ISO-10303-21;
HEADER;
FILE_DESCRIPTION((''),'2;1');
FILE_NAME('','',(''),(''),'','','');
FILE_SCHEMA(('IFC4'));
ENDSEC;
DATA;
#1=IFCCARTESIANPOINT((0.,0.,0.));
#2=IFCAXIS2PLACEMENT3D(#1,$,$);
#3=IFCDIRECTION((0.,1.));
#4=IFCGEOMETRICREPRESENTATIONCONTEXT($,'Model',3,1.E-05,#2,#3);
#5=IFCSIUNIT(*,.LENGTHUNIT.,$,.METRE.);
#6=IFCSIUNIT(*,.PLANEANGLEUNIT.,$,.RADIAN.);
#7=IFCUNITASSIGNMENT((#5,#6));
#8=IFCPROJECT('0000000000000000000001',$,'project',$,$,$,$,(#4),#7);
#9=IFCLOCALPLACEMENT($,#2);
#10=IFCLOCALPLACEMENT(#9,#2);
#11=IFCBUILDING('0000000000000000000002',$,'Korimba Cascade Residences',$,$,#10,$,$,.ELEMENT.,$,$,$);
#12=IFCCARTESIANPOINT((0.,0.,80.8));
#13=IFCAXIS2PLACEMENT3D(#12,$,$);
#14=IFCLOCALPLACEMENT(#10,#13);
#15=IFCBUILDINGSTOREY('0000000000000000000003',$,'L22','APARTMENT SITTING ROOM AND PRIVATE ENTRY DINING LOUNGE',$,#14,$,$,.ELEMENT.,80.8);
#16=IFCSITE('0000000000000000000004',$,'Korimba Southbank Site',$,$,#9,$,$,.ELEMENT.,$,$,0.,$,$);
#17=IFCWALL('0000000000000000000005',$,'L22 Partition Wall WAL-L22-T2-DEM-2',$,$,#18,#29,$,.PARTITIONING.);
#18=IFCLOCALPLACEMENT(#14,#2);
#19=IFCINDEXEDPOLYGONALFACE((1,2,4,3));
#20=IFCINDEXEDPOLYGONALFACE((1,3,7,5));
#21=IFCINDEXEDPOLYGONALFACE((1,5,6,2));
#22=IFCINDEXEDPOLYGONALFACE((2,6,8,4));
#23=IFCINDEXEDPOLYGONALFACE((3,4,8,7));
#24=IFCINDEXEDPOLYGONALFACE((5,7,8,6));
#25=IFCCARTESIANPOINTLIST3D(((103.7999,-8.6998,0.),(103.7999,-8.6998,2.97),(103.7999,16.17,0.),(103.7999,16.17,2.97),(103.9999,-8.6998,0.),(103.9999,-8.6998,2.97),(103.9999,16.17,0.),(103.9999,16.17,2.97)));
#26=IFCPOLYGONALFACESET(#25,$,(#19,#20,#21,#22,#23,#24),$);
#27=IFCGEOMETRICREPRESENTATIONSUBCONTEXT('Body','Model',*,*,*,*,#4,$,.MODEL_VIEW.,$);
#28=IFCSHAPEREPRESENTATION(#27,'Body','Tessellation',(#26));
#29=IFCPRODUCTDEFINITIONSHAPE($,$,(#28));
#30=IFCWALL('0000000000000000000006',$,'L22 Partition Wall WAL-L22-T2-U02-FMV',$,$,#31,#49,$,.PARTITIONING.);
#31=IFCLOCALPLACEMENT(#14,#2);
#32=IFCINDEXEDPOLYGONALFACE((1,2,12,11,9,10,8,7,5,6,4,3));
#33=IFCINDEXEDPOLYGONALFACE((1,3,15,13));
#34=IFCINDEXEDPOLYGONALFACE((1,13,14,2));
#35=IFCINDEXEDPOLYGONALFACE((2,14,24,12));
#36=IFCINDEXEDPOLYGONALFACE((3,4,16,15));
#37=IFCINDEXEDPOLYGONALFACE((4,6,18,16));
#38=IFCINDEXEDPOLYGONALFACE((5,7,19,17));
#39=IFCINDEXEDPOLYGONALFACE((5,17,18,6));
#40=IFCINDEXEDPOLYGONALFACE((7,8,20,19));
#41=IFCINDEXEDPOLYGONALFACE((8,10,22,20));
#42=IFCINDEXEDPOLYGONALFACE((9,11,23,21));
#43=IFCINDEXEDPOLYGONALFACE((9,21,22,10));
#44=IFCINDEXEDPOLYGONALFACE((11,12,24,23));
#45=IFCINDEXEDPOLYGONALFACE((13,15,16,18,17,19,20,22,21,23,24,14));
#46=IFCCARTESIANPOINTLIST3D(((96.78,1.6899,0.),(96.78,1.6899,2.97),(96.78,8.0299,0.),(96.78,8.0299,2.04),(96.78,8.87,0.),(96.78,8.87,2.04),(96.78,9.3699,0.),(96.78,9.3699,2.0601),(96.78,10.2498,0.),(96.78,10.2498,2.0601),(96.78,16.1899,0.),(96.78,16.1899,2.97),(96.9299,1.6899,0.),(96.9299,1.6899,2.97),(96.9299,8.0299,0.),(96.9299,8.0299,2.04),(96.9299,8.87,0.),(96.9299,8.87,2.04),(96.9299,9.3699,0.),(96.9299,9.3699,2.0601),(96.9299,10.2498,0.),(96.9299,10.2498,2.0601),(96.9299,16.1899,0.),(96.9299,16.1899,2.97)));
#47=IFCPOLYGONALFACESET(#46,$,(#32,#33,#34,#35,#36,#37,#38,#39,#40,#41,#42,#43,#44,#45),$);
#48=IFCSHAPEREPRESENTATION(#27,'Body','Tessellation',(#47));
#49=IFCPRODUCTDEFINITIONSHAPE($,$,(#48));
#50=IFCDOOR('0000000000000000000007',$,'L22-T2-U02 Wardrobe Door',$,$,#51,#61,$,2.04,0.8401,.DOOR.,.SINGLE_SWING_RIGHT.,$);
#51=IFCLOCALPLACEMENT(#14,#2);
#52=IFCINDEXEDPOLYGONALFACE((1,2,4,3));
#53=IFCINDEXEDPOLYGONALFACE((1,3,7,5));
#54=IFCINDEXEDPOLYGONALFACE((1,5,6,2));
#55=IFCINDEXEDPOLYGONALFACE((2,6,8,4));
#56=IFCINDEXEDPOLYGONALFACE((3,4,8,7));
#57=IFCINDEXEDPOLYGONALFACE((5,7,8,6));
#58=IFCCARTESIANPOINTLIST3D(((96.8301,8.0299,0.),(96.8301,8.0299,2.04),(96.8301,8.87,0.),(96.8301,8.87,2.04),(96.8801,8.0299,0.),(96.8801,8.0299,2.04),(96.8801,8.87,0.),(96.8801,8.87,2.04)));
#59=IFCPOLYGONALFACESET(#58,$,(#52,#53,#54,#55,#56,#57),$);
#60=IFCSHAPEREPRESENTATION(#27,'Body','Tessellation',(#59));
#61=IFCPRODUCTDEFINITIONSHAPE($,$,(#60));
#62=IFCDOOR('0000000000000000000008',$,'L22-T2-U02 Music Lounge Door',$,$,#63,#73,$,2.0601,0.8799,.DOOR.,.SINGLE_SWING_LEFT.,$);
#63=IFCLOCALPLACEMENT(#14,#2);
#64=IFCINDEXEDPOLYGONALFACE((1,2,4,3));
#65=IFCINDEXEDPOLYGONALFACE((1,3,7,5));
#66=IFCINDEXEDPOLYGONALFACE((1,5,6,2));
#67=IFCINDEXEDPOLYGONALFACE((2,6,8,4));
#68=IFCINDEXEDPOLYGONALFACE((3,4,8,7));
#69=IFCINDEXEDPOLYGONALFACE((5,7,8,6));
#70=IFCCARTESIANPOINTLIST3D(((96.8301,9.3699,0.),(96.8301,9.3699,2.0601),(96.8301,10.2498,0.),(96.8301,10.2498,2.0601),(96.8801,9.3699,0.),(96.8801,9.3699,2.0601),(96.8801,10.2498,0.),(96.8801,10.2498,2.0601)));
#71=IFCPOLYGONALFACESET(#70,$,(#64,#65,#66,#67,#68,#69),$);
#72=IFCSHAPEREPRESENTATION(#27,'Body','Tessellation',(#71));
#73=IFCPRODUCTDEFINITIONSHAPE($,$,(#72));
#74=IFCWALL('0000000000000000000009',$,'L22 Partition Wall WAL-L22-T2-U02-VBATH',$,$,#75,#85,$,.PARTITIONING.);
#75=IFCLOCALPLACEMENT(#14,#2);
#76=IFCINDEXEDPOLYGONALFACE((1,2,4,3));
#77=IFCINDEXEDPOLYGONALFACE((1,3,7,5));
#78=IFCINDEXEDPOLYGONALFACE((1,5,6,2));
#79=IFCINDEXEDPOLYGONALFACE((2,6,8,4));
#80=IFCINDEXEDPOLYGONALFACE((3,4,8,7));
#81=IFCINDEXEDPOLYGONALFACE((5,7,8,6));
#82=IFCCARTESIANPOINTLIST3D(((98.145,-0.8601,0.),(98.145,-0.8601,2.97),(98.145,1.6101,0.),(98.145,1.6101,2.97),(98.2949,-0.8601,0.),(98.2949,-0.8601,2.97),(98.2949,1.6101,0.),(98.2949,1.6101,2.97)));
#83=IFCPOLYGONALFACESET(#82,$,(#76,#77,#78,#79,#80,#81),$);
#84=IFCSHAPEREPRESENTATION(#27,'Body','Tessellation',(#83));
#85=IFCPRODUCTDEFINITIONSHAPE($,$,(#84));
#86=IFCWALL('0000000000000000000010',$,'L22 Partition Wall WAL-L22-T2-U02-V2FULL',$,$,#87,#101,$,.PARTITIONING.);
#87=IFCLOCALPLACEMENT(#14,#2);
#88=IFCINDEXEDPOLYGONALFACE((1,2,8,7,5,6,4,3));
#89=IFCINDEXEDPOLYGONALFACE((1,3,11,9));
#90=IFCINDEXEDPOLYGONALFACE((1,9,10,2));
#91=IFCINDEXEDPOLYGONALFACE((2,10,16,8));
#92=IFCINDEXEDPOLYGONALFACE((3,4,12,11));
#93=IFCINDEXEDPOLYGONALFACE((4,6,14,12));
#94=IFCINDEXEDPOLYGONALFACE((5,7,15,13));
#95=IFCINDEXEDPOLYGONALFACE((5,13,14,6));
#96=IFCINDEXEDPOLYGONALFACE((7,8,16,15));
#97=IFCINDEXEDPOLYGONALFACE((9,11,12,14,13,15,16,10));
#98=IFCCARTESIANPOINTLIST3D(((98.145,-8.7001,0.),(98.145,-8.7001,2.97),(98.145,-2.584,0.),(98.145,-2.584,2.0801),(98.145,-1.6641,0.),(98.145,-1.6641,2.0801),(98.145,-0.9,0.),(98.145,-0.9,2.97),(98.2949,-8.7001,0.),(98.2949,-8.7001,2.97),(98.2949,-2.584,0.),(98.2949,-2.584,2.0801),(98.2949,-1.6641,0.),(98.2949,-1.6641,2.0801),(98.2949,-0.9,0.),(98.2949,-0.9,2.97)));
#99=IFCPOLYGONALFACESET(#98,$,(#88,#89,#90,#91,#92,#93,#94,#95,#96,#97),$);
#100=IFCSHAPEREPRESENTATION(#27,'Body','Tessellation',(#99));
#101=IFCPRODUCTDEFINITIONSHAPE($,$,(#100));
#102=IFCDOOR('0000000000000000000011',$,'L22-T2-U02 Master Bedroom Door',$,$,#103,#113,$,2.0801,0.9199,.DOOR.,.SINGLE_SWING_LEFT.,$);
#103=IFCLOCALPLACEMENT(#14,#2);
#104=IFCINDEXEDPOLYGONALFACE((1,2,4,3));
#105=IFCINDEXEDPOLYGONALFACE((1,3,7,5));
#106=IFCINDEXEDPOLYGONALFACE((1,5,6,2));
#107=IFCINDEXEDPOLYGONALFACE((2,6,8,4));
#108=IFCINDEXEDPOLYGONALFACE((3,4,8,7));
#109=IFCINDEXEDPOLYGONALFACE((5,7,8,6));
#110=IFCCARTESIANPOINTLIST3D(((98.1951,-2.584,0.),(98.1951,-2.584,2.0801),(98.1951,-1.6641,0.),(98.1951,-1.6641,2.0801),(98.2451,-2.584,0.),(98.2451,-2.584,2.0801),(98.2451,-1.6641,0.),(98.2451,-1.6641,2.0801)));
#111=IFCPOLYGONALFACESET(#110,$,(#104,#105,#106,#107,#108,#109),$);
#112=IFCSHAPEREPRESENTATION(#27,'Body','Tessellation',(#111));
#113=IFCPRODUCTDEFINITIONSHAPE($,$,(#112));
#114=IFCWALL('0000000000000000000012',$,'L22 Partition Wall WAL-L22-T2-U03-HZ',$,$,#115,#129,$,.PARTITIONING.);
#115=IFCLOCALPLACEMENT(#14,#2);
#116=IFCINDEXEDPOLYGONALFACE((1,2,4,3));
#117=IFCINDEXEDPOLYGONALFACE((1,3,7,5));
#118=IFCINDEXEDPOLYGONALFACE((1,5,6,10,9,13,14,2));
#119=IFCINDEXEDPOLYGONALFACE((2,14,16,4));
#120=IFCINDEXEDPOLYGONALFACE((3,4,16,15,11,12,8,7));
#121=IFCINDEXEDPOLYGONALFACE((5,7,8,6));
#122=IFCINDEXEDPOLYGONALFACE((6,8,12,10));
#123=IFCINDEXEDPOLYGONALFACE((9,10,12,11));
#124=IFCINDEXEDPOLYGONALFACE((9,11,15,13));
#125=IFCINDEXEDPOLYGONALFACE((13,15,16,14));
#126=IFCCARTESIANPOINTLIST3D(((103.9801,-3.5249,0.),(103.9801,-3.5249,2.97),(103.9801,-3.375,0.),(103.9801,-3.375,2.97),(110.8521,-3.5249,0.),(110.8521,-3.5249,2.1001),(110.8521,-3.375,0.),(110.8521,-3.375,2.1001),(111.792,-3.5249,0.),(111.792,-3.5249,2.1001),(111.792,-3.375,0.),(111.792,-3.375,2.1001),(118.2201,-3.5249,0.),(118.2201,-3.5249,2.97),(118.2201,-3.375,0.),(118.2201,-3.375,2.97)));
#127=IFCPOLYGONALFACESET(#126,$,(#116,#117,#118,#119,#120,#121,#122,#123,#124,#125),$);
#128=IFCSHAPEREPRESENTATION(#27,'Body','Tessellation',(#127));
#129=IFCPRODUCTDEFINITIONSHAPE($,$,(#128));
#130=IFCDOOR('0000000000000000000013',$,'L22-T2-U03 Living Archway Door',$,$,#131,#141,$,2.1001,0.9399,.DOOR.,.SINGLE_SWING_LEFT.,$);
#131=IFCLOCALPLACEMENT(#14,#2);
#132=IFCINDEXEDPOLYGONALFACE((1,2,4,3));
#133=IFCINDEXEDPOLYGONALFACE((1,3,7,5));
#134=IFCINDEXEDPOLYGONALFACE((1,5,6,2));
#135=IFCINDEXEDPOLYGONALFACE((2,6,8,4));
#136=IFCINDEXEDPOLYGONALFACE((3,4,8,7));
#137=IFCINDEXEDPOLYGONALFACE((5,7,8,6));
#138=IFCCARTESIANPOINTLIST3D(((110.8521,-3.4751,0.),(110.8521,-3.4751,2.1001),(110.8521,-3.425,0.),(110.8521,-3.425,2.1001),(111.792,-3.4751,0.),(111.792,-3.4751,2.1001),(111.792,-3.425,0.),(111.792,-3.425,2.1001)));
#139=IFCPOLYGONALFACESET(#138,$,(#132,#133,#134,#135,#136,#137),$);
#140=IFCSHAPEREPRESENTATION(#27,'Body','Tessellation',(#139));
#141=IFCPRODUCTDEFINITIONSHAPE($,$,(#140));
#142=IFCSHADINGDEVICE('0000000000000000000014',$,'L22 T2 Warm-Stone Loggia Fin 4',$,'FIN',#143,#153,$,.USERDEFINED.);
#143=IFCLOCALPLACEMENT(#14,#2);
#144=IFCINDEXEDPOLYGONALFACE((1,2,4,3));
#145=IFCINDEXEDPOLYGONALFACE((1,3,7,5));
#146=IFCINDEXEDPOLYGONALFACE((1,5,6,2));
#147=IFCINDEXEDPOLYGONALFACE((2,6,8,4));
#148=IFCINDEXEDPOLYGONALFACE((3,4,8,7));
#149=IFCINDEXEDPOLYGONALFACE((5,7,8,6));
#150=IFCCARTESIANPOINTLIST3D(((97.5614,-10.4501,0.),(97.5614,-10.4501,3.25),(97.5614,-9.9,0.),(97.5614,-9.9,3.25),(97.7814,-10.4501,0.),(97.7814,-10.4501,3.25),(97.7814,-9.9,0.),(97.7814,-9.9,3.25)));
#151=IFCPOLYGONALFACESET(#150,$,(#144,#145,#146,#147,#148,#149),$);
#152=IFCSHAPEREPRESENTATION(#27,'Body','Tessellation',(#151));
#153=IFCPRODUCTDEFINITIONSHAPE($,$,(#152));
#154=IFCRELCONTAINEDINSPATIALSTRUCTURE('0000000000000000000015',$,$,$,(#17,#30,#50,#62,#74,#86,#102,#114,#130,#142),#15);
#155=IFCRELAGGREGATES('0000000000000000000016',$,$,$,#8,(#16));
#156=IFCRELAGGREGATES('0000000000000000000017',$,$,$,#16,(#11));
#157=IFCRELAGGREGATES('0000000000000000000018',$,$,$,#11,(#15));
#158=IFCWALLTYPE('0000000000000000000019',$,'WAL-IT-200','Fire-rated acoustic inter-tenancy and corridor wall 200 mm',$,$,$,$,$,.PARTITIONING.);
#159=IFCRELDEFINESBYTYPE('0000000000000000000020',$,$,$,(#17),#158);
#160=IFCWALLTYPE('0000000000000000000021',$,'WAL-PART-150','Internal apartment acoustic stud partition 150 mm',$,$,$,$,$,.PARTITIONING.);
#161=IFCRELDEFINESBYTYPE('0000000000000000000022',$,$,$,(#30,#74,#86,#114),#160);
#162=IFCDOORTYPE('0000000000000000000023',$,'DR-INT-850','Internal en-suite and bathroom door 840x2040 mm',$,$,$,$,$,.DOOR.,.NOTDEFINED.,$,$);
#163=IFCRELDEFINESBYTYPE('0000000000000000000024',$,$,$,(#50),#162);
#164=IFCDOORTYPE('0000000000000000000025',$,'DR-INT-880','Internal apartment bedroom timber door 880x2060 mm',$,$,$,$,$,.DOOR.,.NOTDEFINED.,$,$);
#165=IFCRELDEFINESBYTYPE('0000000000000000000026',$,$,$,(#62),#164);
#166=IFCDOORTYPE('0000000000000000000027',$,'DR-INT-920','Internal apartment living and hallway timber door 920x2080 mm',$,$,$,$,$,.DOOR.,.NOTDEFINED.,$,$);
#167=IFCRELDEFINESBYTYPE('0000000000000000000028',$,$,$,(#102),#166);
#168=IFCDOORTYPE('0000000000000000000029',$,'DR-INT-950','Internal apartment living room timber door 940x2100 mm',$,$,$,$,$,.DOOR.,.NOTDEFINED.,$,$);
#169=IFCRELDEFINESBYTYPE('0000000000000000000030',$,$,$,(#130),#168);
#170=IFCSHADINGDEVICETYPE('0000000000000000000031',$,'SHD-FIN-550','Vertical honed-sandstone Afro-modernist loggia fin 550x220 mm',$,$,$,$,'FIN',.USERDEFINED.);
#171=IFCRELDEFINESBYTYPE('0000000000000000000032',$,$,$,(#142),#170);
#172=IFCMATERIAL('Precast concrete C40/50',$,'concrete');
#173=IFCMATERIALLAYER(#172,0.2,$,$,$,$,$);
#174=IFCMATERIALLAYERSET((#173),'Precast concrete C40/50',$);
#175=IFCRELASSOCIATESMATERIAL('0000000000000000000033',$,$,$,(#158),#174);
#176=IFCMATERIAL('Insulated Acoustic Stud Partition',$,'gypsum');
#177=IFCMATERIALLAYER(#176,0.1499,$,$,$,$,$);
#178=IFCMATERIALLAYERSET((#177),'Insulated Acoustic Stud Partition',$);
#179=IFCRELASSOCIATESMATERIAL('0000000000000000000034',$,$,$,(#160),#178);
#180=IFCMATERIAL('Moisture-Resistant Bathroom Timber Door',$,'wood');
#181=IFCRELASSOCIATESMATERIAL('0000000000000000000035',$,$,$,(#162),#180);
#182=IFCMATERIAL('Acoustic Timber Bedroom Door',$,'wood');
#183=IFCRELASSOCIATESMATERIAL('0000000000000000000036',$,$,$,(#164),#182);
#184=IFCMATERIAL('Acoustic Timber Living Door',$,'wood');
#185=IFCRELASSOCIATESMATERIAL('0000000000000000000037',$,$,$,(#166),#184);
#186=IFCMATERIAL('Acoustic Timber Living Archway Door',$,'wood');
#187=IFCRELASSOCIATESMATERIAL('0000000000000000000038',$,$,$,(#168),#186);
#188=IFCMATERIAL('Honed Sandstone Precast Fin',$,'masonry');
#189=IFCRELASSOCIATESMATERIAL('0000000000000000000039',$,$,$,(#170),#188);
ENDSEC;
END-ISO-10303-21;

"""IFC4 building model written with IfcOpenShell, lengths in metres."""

from ifc_helpers import new_model, si_unit, direction, frame, frame_2d, origin, origin_2d, place, context, subcontext, project, spatial, rectangle, extrude, material, layer, layer_set, type_object, element, fill, save


model = new_model("IFC4")

# Units and contexts
model_context = context("Model", 3, precision=1e-05, world=origin(), true_north=direction((0.0, 1.0)))
body_context = subcontext(model_context, "Body", "Model", "MODEL_VIEW")
ifc_project = project(units=[si_unit("LENGTHUNIT", "METRE"), si_unit("PLANEANGLEUNIT", "RADIAN")], contexts=[model_context])

# Site, building, storey
site_placement = place(None, origin())
site = spatial("IfcSite", under=ifc_project, at=site_placement, Name="Korimba Southbank Site", CompositionType="ELEMENT", RefElevation=0.0)
building_placement = place(site_placement, origin())
building = spatial("IfcBuilding", under=site, at=building_placement, Name="Korimba Cascade Residences", CompositionType="ELEMENT")
storey_placement = place(building_placement, frame((0.0, 0.0, 80.8)))
storey = spatial("IfcBuildingStorey", under=building, at=storey_placement, Name="L22", Description="APARTMENT SITTING ROOM AND PRIVATE ENTRY DINING LOUNGE", CompositionType="ELEMENT", Elevation=80.8)

# Shared definitions
ifc_material_1 = material(Name="Precast concrete C40/50", Category="concrete")

# Wall
ifc_layer_1 = layer(ifc_material_1, 0.2)
ifc_layer_set_1 = layer_set([ifc_layer_1], Name="Precast concrete C40/50")
wall_type_1 = type_object("IfcWallType", Name="WAL-IT-200", Description="Fire-rated acoustic inter-tenancy and corridor wall 200 mm", PredefinedType="PARTITIONING", material=ifc_layer_set_1)
wall_1_placement = place(storey_placement, frame((103.8999, -8.7, 0.0), z_axis=(0.0, 0.0, 1.0), x_axis=(0.0, 1.0, 0.0)))
element("IfcWall", 1, at=wall_1_placement, inside=storey, type_object=wall_type_1, Name="L22 Partition Wall WAL-L22-T2-DEM-2", PredefinedType="PARTITIONING", context=body_context, shape_type="SweptSolid", body=[
    extrude(rectangle(XDim=24.8699, YDim=0.2, at=frame_2d((12.4351, 0.0))), origin(), (0.0, 0.0, 1.0), 2.97),
])

# Wall, openings, doors
ifc_material_2 = material(Name="Insulated Acoustic Stud Partition", Category="gypsum")
ifc_layer_2 = layer(ifc_material_2, 0.1499)
ifc_layer_set_2 = layer_set([ifc_layer_2], Name="Insulated Acoustic Stud Partition")
wall_type_2 = type_object("IfcWallType", Name="WAL-PART-150", Description="Internal apartment acoustic stud partition 150 mm", PredefinedType="PARTITIONING", material=ifc_layer_set_2)
wall_2_placement = place(storey_placement, frame((96.855, 1.6899, 0.0), z_axis=(0.0, 0.0, 1.0), x_axis=(0.0, 1.0, 0.0)))
wall_2 = element("IfcWall", 2, at=wall_2_placement, inside=storey, type_object=wall_type_2, Name="L22 Partition Wall WAL-L22-T2-U02-FMV", PredefinedType="PARTITIONING", context=body_context, shape_type="SweptSolid", body=[
    extrude(rectangle(XDim=14.5, YDim=0.1499, at=frame_2d((7.25, 0.0))), origin(), (0.0, 0.0, 1.0), 2.97),
])
opening_1_placement = place(wall_2_placement, frame((6.3401, 0.0, 0.0)))
opening_1 = element("IfcOpeningElement", 3, at=opening_1_placement, cuts=wall_2, PredefinedType="OPENING", context=body_context, shape_type="SweptSolid", body=[
    extrude(rectangle(XDim=0.8401, YDim=2.04, at=frame_2d((0.4199, 1.02))), frame((0.0, 0.085, 0.0), z_axis=(0.0, -1.0, 0.0), x_axis=(1.0, 0.0, 0.0)), (0.0, 0.0, 1.0), 0.1699),
])
opening_2_placement = place(wall_2_placement, frame((7.6799, 0.0, 0.0)))
opening_2 = element("IfcOpeningElement", 4, at=opening_2_placement, cuts=wall_2, PredefinedType="OPENING", context=body_context, shape_type="SweptSolid", body=[
    extrude(rectangle(XDim=0.8799, YDim=2.0601, at=frame_2d((0.4399, 1.03))), frame((0.0, 0.085, 0.0), z_axis=(0.0, -1.0, 0.0), x_axis=(1.0, 0.0, 0.0)), (0.0, 0.0, 1.0), 0.1699),
])
ifc_material_3 = material(Name="Moisture-Resistant Bathroom Timber Door", Category="wood")
door_type_1 = type_object("IfcDoorType", Name="DR-INT-850", Description="Internal en-suite and bathroom door 840x2040 mm", OperationType="NOTDEFINED", PredefinedType="DOOR", material=ifc_material_3)
door_1_placement = place(opening_1_placement, origin())
door_1 = element("IfcDoor", 5, at=door_1_placement, inside=storey, type_object=door_type_1, Name="L22-T2-U02 Wardrobe Door", OperationType="SINGLE_SWING_RIGHT", OverallHeight=2.04, OverallWidth=0.8401, PredefinedType="DOOR", context=body_context, shape_type="SweptSolid", body=[
    extrude(rectangle(XDim=0.8401, YDim=2.04, at=frame_2d((0.4199, 1.02))), frame((0.0, 0.0249, 0.0), z_axis=(0.0, -1.0, 0.0), x_axis=(1.0, 0.0, 0.0)), (0.0, 0.0, 1.0), 0.05),
])
fill(opening_1, door_1)
ifc_material_4 = material(Name="Acoustic Timber Bedroom Door", Category="wood")
door_type_2 = type_object("IfcDoorType", Name="DR-INT-880", Description="Internal apartment bedroom timber door 880x2060 mm", OperationType="NOTDEFINED", PredefinedType="DOOR", material=ifc_material_4)
door_2_placement = place(opening_2_placement, origin())
door_2 = element("IfcDoor", 6, at=door_2_placement, inside=storey, type_object=door_type_2, Name="L22-T2-U02 Music Lounge Door", OperationType="SINGLE_SWING_LEFT", OverallHeight=2.0601, OverallWidth=0.8799, PredefinedType="DOOR", context=body_context, shape_type="SweptSolid", body=[
    extrude(rectangle(XDim=0.8799, YDim=2.0601, at=frame_2d((0.4399, 1.03))), frame((0.0, 0.0249, 0.0), z_axis=(0.0, -1.0, 0.0), x_axis=(1.0, 0.0, 0.0)), (0.0, 0.0, 1.0), 0.05),
])
fill(opening_2, door_2)

# Wall
wall_3_placement = place(storey_placement, frame((98.22, -0.8601, 0.0), z_axis=(0.0, 0.0, 1.0), x_axis=(0.0, 1.0, 0.0)))
element("IfcWall", 7, at=wall_3_placement, inside=storey, type_object=wall_type_2, Name="L22 Partition Wall WAL-L22-T2-U02-VBATH", PredefinedType="PARTITIONING", context=body_context, shape_type="SweptSolid", body=[
    extrude(rectangle(XDim=2.4702, YDim=0.1499, at=frame_2d((1.2351, 0.0))), origin(), (0.0, 0.0, 1.0), 2.97),
])

# Walls, openings, doors
wall_4_placement = place(storey_placement, frame((98.22, -8.7, 0.0), z_axis=(0.0, 0.0, 1.0), x_axis=(0.0, 1.0, 0.0)))
wall_4 = element("IfcWall", 8, at=wall_4_placement, inside=storey, type_object=wall_type_2, Name="L22 Partition Wall WAL-L22-T2-U02-V2FULL", PredefinedType="PARTITIONING", context=body_context, shape_type="SweptSolid", body=[
    extrude(rectangle(XDim=7.8, YDim=0.1499, at=frame_2d((3.8999, 0.0))), origin(), (0.0, 0.0, 1.0), 2.97),
])
opening_3_placement = place(wall_4_placement, frame((6.116, 0.0, 0.0)))
opening_3 = element("IfcOpeningElement", 9, at=opening_3_placement, cuts=wall_4, PredefinedType="OPENING", context=body_context, shape_type="SweptSolid", body=[
    extrude(rectangle(XDim=0.9199, YDim=2.0801, at=frame_2d((0.46, 1.04))), frame((0.0, 0.085, 0.0), z_axis=(0.0, -1.0, 0.0), x_axis=(1.0, 0.0, 0.0)), (0.0, 0.0, 1.0), 0.1699),
])
ifc_material_5 = material(Name="Acoustic Timber Living Door", Category="wood")
door_type_3 = type_object("IfcDoorType", Name="DR-INT-920", Description="Internal apartment living and hallway timber door 920x2080 mm", OperationType="NOTDEFINED", PredefinedType="DOOR", material=ifc_material_5)
door_3_placement = place(opening_3_placement, origin())
door_3 = element("IfcDoor", 10, at=door_3_placement, inside=storey, type_object=door_type_3, Name="L22-T2-U02 Master Bedroom Door", OperationType="SINGLE_SWING_LEFT", OverallHeight=2.0801, OverallWidth=0.9199, PredefinedType="DOOR", context=body_context, shape_type="SweptSolid", body=[
    extrude(rectangle(XDim=0.9199, YDim=2.0801, at=frame_2d((0.46, 1.04))), frame((0.0, 0.0249, 0.0), z_axis=(0.0, -1.0, 0.0), x_axis=(1.0, 0.0, 0.0)), (0.0, 0.0, 1.0), 0.05),
])
fill(opening_3, door_3)
wall_5_placement = place(storey_placement, frame((103.98, -3.45, 0.0), z_axis=(0.0, 0.0, 1.0), x_axis=(1.0, 0.0, 0.0)))
wall_5 = element("IfcWall", 11, at=wall_5_placement, inside=storey, type_object=wall_type_2, Name="L22 Partition Wall WAL-L22-T2-U03-HZ", PredefinedType="PARTITIONING", context=body_context, shape_type="SweptSolid", body=[
    extrude(rectangle(XDim=14.24, YDim=0.1499, at=frame_2d((7.1201, 0.0))), origin(), (0.0, 0.0, 1.0), 2.97),
])
opening_4_placement = place(wall_5_placement, frame((6.8721, 0.0, 0.0)))
opening_4 = element("IfcOpeningElement", 12, at=opening_4_placement, cuts=wall_5, PredefinedType="OPENING", context=body_context, shape_type="SweptSolid", body=[
    extrude(rectangle(XDim=0.9399, YDim=2.1001, at=frame_2d((0.47, 1.05))), frame((0.0, 0.085, 0.0), z_axis=(0.0, -1.0, 0.0), x_axis=(1.0, 0.0, 0.0)), (0.0, 0.0, 1.0), 0.1699),
])
ifc_material_6 = material(Name="Acoustic Timber Living Archway Door", Category="wood")
door_type_4 = type_object("IfcDoorType", Name="DR-INT-950", Description="Internal apartment living room timber door 940x2100 mm", OperationType="NOTDEFINED", PredefinedType="DOOR", material=ifc_material_6)
door_4_placement = place(opening_4_placement, origin())
door_4 = element("IfcDoor", 13, at=door_4_placement, inside=storey, type_object=door_type_4, Name="L22-T2-U03 Living Archway Door", OperationType="SINGLE_SWING_LEFT", OverallHeight=2.1001, OverallWidth=0.9399, PredefinedType="DOOR", context=body_context, shape_type="SweptSolid", body=[
    extrude(rectangle(XDim=0.9399, YDim=2.1001, at=frame_2d((0.47, 1.05))), frame((0.0, 0.0249, 0.0), z_axis=(0.0, -1.0, 0.0), x_axis=(1.0, 0.0, 0.0)), (0.0, 0.0, 1.0), 0.05),
])
fill(opening_4, door_4)

# Shading device
ifc_material_7 = material(Name="Honed Sandstone Precast Fin", Category="masonry")
shading_device_type = type_object("IfcShadingDeviceType", Name="SHD-FIN-550", Description="Vertical honed-sandstone Afro-modernist loggia fin 550x220 mm", ElementType="FIN", PredefinedType="USERDEFINED", material=ifc_material_7)
shading_device_placement = place(storey_placement, frame((97.6714, -10.175, 0.0), z_axis=(0.0, 0.0, 1.0), x_axis=(1.0, 0.0, 0.0)))
element("IfcShadingDevice", 14, at=shading_device_placement, inside=storey, type_object=shading_device_type, Name="L22 T2 Warm-Stone Loggia Fin 4", ObjectType="FIN", PredefinedType="USERDEFINED", context=body_context, shape_type="SweptSolid", body=[
    extrude(rectangle(XDim=0.22, YDim=0.55, at=origin_2d()), origin(), (0.0, 0.0, 1.0), 3.25),
])

save(model, "model.ifc")
